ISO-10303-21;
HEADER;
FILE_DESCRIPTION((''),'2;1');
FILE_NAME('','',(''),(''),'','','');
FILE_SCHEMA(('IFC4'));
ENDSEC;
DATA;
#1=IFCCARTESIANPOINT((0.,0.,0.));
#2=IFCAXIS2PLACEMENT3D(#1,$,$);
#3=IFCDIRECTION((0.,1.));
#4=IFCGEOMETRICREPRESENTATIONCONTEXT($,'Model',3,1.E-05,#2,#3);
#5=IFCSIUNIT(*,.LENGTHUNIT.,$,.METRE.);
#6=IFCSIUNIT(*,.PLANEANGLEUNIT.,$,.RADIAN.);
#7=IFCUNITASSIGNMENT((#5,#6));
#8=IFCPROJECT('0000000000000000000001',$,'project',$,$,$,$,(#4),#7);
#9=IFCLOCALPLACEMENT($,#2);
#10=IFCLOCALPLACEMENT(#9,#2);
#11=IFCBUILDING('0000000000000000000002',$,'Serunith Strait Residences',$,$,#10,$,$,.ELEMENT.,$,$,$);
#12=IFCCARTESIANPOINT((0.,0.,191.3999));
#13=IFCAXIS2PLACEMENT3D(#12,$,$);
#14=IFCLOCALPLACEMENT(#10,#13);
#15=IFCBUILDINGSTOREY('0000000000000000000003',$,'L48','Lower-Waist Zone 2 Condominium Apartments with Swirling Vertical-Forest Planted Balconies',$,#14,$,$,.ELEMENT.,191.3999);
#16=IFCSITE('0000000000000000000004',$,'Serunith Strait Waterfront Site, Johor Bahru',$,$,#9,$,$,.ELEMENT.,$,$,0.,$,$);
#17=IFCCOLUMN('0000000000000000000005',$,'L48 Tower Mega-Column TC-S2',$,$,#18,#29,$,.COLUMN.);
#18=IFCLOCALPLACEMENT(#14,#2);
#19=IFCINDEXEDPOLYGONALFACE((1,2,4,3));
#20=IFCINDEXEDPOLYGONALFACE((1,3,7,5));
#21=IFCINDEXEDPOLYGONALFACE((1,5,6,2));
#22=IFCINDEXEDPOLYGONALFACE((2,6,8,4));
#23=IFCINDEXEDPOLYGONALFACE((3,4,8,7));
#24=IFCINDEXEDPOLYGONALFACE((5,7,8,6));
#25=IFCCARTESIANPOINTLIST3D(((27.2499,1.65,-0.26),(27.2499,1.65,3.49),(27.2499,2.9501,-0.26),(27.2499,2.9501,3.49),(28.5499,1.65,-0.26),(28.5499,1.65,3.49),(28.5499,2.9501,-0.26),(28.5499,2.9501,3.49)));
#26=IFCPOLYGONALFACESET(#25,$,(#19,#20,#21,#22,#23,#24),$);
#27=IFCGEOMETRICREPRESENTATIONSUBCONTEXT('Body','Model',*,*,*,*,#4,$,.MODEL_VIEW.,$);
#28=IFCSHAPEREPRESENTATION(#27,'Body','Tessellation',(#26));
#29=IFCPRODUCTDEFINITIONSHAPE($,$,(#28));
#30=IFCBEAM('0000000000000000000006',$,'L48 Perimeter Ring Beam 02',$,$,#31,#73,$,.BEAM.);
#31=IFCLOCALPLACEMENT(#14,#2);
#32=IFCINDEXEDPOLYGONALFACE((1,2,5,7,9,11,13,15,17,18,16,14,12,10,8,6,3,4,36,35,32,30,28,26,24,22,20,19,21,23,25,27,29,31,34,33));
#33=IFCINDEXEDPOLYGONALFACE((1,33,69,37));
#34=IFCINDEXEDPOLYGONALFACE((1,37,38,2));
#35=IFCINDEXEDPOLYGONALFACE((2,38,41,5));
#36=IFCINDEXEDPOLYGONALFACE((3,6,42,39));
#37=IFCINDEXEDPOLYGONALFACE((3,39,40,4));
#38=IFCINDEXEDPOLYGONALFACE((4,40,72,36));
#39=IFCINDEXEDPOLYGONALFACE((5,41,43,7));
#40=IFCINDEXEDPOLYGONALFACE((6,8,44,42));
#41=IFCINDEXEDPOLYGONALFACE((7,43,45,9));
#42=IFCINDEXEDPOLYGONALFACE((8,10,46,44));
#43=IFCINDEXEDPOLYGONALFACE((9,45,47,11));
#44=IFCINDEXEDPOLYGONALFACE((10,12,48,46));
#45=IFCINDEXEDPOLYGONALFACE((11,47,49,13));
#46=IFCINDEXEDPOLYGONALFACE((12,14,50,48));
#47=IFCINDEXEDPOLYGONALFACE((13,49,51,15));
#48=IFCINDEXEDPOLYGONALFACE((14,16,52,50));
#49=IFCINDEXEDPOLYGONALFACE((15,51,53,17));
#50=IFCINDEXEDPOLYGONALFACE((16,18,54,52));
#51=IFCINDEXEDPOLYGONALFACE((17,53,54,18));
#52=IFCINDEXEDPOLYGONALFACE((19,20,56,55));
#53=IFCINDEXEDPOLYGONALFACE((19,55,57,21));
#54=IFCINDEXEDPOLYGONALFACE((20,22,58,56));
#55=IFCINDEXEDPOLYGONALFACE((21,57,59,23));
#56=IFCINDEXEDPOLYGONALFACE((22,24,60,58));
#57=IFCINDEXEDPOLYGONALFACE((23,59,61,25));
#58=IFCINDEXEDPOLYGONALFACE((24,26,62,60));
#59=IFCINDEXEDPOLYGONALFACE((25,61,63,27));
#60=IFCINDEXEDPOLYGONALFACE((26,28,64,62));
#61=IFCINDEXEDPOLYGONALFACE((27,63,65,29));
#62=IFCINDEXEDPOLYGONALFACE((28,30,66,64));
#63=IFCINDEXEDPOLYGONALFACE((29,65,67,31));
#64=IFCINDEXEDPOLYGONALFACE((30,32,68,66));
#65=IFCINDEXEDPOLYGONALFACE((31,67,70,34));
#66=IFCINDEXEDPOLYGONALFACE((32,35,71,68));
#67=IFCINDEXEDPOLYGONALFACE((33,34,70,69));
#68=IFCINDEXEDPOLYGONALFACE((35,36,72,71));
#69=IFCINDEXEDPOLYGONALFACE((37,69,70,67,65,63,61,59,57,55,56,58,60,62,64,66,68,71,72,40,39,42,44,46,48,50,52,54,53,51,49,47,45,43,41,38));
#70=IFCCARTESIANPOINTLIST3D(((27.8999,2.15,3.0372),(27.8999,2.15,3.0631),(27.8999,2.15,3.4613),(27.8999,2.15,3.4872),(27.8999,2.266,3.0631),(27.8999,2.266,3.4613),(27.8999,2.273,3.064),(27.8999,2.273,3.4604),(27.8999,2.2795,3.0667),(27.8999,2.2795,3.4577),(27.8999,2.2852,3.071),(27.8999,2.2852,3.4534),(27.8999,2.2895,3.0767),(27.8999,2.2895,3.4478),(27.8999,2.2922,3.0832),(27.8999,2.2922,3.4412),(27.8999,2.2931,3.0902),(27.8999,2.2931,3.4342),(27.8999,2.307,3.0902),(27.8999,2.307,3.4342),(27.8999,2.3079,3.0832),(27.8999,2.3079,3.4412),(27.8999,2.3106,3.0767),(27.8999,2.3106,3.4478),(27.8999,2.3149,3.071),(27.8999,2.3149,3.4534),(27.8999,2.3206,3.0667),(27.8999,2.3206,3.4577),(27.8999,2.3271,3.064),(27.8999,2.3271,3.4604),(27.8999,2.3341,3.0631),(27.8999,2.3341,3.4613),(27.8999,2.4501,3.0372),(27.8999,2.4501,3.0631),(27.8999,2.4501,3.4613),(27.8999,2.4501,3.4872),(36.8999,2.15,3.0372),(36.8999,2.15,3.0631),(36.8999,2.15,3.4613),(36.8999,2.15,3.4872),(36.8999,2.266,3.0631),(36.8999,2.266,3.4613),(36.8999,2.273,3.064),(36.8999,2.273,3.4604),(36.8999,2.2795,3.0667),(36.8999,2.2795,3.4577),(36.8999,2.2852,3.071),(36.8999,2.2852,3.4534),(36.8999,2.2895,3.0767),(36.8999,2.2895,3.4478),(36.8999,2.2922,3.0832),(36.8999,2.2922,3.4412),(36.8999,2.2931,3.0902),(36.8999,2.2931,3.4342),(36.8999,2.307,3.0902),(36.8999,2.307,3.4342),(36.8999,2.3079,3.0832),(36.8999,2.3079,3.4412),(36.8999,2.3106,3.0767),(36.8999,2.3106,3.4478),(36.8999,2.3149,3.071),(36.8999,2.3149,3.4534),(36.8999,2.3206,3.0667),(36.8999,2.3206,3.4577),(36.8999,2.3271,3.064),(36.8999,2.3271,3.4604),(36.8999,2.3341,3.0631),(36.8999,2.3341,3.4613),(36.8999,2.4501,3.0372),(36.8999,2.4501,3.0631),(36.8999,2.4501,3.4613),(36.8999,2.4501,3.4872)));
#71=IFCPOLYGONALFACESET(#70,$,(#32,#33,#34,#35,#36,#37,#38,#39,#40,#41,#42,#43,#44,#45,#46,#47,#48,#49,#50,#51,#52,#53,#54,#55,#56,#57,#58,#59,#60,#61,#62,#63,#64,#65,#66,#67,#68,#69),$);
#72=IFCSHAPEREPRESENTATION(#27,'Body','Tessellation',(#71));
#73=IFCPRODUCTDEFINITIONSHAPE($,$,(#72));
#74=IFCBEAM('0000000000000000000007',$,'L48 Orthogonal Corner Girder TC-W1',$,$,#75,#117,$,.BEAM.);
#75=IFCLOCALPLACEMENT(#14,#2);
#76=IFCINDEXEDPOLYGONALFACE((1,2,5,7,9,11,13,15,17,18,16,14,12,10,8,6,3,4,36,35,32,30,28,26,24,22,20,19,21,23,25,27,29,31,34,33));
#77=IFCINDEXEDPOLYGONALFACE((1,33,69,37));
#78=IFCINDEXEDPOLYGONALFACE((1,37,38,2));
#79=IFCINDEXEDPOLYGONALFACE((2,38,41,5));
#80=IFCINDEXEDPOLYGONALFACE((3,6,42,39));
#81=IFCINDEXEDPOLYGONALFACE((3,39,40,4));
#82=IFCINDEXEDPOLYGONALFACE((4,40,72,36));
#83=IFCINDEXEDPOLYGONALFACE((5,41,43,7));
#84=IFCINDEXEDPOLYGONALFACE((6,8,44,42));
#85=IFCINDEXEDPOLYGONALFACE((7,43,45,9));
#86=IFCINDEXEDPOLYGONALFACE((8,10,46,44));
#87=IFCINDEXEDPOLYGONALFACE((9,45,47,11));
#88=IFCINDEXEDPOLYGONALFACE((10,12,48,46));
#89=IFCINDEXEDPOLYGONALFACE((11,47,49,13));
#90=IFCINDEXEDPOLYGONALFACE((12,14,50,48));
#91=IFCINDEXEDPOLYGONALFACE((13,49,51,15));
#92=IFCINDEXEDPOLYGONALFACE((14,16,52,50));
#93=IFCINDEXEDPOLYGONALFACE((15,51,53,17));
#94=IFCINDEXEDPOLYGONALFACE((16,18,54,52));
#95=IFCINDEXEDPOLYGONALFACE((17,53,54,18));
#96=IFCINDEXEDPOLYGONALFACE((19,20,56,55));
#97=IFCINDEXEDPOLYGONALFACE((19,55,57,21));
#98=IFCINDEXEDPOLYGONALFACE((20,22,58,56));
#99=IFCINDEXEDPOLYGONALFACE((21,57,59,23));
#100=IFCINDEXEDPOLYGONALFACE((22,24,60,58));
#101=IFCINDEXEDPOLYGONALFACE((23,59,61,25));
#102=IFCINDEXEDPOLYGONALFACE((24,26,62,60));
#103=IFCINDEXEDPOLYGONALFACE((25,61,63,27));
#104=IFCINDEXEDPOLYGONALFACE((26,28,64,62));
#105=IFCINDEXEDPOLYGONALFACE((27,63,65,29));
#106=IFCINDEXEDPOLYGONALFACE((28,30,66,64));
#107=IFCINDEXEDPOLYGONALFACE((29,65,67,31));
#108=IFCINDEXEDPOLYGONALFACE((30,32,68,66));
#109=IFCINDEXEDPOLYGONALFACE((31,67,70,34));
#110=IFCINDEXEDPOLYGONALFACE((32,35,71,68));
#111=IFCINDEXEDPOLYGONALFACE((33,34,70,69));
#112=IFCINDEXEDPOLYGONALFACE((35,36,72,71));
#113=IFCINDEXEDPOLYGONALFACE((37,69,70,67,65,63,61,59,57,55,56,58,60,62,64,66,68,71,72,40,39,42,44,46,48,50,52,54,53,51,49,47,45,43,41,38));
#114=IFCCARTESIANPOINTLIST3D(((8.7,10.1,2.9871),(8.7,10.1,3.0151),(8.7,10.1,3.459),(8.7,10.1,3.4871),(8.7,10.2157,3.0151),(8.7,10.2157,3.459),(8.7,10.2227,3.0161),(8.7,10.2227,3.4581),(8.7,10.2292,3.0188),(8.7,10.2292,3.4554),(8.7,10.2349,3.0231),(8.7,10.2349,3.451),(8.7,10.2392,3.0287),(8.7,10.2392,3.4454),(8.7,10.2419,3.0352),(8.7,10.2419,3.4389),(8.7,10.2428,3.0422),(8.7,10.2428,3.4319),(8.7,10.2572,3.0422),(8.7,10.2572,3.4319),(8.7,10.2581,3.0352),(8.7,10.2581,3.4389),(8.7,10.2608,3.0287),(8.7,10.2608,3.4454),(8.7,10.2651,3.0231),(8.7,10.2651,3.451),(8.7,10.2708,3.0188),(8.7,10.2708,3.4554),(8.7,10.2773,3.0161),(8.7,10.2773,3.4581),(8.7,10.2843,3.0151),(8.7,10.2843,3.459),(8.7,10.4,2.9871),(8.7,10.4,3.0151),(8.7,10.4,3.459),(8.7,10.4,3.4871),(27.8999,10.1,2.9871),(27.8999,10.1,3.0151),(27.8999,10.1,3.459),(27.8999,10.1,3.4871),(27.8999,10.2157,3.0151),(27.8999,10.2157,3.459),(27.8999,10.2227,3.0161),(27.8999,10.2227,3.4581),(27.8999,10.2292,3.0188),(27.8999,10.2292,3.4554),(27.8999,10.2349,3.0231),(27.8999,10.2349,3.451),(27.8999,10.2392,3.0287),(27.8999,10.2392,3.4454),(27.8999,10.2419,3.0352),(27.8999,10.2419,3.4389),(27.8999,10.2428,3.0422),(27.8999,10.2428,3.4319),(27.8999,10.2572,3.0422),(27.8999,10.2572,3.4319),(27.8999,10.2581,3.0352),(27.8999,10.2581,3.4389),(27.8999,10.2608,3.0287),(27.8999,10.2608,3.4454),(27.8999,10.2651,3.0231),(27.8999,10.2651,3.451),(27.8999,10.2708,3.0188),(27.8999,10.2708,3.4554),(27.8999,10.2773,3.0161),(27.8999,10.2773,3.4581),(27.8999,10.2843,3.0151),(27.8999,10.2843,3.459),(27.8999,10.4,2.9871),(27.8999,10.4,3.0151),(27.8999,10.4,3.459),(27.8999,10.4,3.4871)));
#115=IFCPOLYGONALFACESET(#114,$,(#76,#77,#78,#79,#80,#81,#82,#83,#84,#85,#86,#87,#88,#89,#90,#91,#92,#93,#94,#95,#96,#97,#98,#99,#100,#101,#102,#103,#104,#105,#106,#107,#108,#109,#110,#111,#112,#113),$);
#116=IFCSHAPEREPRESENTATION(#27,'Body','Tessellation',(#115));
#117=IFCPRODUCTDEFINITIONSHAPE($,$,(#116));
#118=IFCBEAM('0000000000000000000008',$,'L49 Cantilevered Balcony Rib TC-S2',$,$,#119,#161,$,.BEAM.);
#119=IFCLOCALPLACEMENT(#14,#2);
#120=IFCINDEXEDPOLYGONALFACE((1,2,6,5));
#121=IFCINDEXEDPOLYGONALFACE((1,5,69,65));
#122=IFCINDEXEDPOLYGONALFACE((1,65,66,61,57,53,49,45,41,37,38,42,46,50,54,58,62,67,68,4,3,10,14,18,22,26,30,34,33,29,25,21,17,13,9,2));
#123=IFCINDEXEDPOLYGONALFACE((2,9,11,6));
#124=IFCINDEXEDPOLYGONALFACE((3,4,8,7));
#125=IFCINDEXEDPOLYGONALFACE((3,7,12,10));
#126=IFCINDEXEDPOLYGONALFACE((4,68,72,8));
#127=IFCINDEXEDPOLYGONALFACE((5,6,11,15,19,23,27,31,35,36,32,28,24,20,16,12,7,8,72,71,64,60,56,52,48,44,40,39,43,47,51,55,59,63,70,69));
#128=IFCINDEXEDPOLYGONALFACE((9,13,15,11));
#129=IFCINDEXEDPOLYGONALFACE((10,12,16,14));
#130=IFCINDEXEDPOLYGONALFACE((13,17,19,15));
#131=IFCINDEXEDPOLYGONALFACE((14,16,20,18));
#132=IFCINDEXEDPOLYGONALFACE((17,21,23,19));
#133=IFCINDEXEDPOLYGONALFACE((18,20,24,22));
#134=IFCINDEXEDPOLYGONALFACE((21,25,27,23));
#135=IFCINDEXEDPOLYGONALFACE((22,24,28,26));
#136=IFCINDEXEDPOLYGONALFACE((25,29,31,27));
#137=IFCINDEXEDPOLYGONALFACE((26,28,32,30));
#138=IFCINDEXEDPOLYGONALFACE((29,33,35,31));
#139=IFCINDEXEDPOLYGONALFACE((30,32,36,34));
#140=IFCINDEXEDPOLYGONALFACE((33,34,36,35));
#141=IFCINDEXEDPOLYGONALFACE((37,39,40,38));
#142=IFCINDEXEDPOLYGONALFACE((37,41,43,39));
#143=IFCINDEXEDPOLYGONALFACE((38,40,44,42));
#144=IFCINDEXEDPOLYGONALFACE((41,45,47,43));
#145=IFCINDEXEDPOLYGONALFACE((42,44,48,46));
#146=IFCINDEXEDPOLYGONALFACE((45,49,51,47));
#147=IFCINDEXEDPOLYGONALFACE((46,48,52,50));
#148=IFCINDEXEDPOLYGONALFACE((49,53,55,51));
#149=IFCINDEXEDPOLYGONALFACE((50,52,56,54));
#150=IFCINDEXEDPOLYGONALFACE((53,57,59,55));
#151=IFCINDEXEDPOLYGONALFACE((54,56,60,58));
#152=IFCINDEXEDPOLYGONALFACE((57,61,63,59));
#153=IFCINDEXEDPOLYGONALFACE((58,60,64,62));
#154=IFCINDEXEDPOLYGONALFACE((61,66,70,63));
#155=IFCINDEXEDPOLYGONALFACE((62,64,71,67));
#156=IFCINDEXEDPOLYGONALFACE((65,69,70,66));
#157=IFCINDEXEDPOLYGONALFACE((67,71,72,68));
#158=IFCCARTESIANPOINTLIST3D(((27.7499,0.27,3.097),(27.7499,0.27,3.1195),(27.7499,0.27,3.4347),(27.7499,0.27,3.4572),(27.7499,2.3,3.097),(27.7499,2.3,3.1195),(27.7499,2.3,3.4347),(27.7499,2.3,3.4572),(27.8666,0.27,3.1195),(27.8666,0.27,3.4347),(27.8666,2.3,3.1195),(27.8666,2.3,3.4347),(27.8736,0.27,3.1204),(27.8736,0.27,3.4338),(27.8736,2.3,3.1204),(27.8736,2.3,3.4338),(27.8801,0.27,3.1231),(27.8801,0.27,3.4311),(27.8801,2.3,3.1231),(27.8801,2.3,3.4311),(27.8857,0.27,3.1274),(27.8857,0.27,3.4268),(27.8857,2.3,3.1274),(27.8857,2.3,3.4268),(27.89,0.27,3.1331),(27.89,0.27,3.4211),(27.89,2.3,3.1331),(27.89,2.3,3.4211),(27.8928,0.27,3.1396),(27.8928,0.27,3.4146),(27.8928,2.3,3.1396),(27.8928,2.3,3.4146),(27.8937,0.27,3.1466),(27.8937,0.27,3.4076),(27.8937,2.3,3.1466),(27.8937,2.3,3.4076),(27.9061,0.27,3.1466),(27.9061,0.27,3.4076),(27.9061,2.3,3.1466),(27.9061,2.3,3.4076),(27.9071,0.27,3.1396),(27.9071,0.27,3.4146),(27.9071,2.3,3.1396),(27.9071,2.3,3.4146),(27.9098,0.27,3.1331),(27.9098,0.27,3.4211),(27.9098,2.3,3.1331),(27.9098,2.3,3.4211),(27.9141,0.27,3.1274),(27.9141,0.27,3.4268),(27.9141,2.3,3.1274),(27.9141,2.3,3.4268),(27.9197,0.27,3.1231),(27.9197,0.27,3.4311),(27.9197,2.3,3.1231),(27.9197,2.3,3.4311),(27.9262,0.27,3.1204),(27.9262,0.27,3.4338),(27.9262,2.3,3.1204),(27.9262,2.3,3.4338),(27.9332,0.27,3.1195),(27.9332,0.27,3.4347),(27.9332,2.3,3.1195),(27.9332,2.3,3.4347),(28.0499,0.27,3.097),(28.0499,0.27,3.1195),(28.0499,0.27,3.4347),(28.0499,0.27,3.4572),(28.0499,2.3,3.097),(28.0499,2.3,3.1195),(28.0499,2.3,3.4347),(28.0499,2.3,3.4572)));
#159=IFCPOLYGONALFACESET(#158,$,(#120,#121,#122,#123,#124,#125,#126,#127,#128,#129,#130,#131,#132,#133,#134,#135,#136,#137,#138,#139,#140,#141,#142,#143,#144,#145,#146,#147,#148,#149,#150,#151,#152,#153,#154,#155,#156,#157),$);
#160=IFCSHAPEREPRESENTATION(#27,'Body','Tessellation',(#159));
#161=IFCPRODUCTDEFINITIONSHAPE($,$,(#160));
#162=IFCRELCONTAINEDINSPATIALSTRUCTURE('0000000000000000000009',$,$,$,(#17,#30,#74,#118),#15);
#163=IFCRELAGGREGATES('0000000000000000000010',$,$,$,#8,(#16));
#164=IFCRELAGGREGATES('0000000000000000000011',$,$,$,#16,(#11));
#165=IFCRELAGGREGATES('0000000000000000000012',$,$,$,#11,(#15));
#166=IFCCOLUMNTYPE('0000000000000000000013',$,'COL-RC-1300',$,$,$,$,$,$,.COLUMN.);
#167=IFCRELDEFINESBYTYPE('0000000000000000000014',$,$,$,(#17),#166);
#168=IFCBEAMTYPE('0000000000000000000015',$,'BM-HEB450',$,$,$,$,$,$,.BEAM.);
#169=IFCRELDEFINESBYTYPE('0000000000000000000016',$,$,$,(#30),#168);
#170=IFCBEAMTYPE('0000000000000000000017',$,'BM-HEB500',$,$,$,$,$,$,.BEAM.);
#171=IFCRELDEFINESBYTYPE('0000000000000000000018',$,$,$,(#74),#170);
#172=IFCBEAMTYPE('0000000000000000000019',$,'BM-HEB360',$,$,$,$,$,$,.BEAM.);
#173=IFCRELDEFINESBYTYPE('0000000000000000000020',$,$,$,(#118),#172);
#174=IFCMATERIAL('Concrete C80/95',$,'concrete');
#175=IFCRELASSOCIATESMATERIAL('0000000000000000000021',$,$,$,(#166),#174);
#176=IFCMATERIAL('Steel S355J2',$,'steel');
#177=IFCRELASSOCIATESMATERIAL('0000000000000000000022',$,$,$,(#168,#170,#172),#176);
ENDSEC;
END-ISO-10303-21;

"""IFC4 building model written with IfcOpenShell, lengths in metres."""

from ifc_helpers import new_model, si_unit, direction, frame, origin, origin_2d, place, context, subcontext, project, spatial, rectangle, i_section, extrude, source, transform, mapped, material, material_profile, profile_set, type_object, element, save


model = new_model("IFC4")

# Units and contexts
model_context = context("Model", 3, precision=1e-05, world=origin(), true_north=direction((0.0, 1.0)))
body_context = subcontext(model_context, "Body", "Model", "MODEL_VIEW")
ifc_project = project(units=[si_unit("LENGTHUNIT", "METRE"), si_unit("PLANEANGLEUNIT", "RADIAN")], contexts=[model_context])

# Site, building, storey
site_placement = place(None, origin())
site = spatial("IfcSite", under=ifc_project, at=site_placement, Name="Serunith Strait Waterfront Site, Johor Bahru", CompositionType="ELEMENT", RefElevation=0.0)
building_placement = place(site_placement, origin())
building = spatial("IfcBuilding", under=site, at=building_placement, Name="Serunith Strait Residences", CompositionType="ELEMENT")
storey_placement = place(building_placement, frame((0.0, 0.0, 191.3999)))
storey = spatial("IfcBuildingStorey", under=building, at=storey_placement, Name="L48", Description="Lower-Waist Zone 2 Condominium Apartments with Swirling Vertical-Forest Planted Balconies", CompositionType="ELEMENT", Elevation=191.3999)

# Column
ifc_material_1 = material(Name="Concrete C80/95", Category="concrete")
ifc_material_profile_1 = material_profile(ifc_material_1, rectangle(XDim=1.3, YDim=1.3, at=origin_2d()), Name="RC 1300x1300")
ifc_profile_set_1 = profile_set([ifc_material_profile_1], Name="Concrete C80/95")
column_type = type_object("IfcColumnType", Name="COL-RC-1300", PredefinedType="COLUMN", material=ifc_profile_set_1)
shared_shape_1 = source(origin(), body_context, "Body", "SweptSolid", [
    extrude(rectangle(XDim=1.3, YDim=1.3, at=origin_2d()), origin(), (0.0, 0.0, 1.0), 3.75),
])
column_placement = place(storey_placement, frame((27.8999, 2.3, -0.26), z_axis=(0.0, 0.0, 1.0), x_axis=(1.0, 0.0, 0.0)))
element("IfcColumn", 1, at=column_placement, inside=storey, type_object=column_type, Name="L48 Tower Mega-Column TC-S2", PredefinedType="COLUMN", context=body_context, shape_type="MappedRepresentation", body=[
    mapped(shared_shape_1, transform((0.0, 0.0, 0.0), scale=1.0)),
])

# Beams
ifc_material_2 = material(Name="Steel S355J2", Category="steel")
ifc_material_profile_2 = material_profile(ifc_material_2, i_section(OverallWidth=0.3, OverallDepth=0.45, WebThickness=0.0139, FlangeThickness=0.0259, FilletRadius=0.0271, at=origin_2d()), Name="HEB 450")
ifc_profile_set_2 = profile_set([ifc_material_profile_2], Name="Steel S355J2")
beam_type_1 = type_object("IfcBeamType", Name="BM-HEB450", PredefinedType="BEAM", material=ifc_profile_set_2)
shared_shape_2 = source(origin(), body_context, "Body", "SweptSolid", [
    extrude(i_section(OverallWidth=0.3, OverallDepth=0.45, WebThickness=0.0139, FlangeThickness=0.0259, FilletRadius=0.0271, at=origin_2d()), origin(), (0.0, 0.0, 1.0), 9.0),
])
beam_1_placement = place(storey_placement, frame((27.8999, 2.3, 3.2622), z_axis=(1.0, 0.0, 0.0), x_axis=(0.0, 1.0, 0.0)))
element("IfcBeam", 2, at=beam_1_placement, inside=storey, type_object=beam_type_1, Name="L48 Perimeter Ring Beam 02", PredefinedType="BEAM", context=body_context, shape_type="MappedRepresentation", body=[
    mapped(shared_shape_2, transform((0.0, 0.0, 0.0), scale=1.0)),
])
ifc_material_profile_3 = material_profile(ifc_material_2, i_section(OverallWidth=0.3, OverallDepth=0.5, WebThickness=0.0144, FlangeThickness=0.0281, FilletRadius=0.0271, at=origin_2d()), Name="HEB 500")
ifc_profile_set_3 = profile_set([ifc_material_profile_3], Name="Steel S355J2")
beam_type_2 = type_object("IfcBeamType", Name="BM-HEB500", PredefinedType="BEAM", material=ifc_profile_set_3)
shared_shape_3 = source(origin(), body_context, "Body", "SweptSolid", [
    extrude(i_section(OverallWidth=0.3, OverallDepth=0.5, WebThickness=0.0144, FlangeThickness=0.0281, FilletRadius=0.0271, at=origin_2d()), origin(), (0.0, 0.0, 1.0), 19.2),
])
beam_2_placement = place(storey_placement, frame((27.8999, 10.25, 3.2371), z_axis=(-1.0, 0.0, 0.0), x_axis=(0.0, -1.0, 0.0)))
element("IfcBeam", 3, at=beam_2_placement, inside=storey, type_object=beam_type_2, Name="L48 Orthogonal Corner Girder TC-W1", PredefinedType="BEAM", context=body_context, shape_type="MappedRepresentation", body=[
    mapped(shared_shape_3, transform((0.0, 0.0, 0.0), scale=1.0)),
])
ifc_material_profile_4 = material_profile(ifc_material_2, i_section(OverallWidth=0.3, OverallDepth=0.3601, WebThickness=0.0125, FlangeThickness=0.0225, FilletRadius=0.0271, at=origin_2d()), Name="HEB 360")
ifc_profile_set_4 = profile_set([ifc_material_profile_4], Name="Steel S355J2")
beam_type_3 = type_object("IfcBeamType", Name="BM-HEB360", PredefinedType="BEAM", material=ifc_profile_set_4)
shared_shape_4 = source(origin(), body_context, "Body", "SweptSolid", [
    extrude(i_section(OverallWidth=0.3, OverallDepth=0.3601, WebThickness=0.0125, FlangeThickness=0.0225, FilletRadius=0.0271, at=origin_2d()), origin(), (0.0, 0.0, 1.0), 2.03),
])
beam_3_placement = place(storey_placement, frame((27.8999, 2.3, 3.2771), z_axis=(0.0, -1.0, 0.0), x_axis=(1.0, 0.0, 0.0)))
element("IfcBeam", 4, at=beam_3_placement, inside=storey, type_object=beam_type_3, Name="L49 Cantilevered Balcony Rib TC-S2", PredefinedType="BEAM", context=body_context, shape_type="MappedRepresentation", body=[
    mapped(shared_shape_4, transform((0.0, 0.0, 0.0), scale=1.0)),
])

save(model, "model.ifc")
